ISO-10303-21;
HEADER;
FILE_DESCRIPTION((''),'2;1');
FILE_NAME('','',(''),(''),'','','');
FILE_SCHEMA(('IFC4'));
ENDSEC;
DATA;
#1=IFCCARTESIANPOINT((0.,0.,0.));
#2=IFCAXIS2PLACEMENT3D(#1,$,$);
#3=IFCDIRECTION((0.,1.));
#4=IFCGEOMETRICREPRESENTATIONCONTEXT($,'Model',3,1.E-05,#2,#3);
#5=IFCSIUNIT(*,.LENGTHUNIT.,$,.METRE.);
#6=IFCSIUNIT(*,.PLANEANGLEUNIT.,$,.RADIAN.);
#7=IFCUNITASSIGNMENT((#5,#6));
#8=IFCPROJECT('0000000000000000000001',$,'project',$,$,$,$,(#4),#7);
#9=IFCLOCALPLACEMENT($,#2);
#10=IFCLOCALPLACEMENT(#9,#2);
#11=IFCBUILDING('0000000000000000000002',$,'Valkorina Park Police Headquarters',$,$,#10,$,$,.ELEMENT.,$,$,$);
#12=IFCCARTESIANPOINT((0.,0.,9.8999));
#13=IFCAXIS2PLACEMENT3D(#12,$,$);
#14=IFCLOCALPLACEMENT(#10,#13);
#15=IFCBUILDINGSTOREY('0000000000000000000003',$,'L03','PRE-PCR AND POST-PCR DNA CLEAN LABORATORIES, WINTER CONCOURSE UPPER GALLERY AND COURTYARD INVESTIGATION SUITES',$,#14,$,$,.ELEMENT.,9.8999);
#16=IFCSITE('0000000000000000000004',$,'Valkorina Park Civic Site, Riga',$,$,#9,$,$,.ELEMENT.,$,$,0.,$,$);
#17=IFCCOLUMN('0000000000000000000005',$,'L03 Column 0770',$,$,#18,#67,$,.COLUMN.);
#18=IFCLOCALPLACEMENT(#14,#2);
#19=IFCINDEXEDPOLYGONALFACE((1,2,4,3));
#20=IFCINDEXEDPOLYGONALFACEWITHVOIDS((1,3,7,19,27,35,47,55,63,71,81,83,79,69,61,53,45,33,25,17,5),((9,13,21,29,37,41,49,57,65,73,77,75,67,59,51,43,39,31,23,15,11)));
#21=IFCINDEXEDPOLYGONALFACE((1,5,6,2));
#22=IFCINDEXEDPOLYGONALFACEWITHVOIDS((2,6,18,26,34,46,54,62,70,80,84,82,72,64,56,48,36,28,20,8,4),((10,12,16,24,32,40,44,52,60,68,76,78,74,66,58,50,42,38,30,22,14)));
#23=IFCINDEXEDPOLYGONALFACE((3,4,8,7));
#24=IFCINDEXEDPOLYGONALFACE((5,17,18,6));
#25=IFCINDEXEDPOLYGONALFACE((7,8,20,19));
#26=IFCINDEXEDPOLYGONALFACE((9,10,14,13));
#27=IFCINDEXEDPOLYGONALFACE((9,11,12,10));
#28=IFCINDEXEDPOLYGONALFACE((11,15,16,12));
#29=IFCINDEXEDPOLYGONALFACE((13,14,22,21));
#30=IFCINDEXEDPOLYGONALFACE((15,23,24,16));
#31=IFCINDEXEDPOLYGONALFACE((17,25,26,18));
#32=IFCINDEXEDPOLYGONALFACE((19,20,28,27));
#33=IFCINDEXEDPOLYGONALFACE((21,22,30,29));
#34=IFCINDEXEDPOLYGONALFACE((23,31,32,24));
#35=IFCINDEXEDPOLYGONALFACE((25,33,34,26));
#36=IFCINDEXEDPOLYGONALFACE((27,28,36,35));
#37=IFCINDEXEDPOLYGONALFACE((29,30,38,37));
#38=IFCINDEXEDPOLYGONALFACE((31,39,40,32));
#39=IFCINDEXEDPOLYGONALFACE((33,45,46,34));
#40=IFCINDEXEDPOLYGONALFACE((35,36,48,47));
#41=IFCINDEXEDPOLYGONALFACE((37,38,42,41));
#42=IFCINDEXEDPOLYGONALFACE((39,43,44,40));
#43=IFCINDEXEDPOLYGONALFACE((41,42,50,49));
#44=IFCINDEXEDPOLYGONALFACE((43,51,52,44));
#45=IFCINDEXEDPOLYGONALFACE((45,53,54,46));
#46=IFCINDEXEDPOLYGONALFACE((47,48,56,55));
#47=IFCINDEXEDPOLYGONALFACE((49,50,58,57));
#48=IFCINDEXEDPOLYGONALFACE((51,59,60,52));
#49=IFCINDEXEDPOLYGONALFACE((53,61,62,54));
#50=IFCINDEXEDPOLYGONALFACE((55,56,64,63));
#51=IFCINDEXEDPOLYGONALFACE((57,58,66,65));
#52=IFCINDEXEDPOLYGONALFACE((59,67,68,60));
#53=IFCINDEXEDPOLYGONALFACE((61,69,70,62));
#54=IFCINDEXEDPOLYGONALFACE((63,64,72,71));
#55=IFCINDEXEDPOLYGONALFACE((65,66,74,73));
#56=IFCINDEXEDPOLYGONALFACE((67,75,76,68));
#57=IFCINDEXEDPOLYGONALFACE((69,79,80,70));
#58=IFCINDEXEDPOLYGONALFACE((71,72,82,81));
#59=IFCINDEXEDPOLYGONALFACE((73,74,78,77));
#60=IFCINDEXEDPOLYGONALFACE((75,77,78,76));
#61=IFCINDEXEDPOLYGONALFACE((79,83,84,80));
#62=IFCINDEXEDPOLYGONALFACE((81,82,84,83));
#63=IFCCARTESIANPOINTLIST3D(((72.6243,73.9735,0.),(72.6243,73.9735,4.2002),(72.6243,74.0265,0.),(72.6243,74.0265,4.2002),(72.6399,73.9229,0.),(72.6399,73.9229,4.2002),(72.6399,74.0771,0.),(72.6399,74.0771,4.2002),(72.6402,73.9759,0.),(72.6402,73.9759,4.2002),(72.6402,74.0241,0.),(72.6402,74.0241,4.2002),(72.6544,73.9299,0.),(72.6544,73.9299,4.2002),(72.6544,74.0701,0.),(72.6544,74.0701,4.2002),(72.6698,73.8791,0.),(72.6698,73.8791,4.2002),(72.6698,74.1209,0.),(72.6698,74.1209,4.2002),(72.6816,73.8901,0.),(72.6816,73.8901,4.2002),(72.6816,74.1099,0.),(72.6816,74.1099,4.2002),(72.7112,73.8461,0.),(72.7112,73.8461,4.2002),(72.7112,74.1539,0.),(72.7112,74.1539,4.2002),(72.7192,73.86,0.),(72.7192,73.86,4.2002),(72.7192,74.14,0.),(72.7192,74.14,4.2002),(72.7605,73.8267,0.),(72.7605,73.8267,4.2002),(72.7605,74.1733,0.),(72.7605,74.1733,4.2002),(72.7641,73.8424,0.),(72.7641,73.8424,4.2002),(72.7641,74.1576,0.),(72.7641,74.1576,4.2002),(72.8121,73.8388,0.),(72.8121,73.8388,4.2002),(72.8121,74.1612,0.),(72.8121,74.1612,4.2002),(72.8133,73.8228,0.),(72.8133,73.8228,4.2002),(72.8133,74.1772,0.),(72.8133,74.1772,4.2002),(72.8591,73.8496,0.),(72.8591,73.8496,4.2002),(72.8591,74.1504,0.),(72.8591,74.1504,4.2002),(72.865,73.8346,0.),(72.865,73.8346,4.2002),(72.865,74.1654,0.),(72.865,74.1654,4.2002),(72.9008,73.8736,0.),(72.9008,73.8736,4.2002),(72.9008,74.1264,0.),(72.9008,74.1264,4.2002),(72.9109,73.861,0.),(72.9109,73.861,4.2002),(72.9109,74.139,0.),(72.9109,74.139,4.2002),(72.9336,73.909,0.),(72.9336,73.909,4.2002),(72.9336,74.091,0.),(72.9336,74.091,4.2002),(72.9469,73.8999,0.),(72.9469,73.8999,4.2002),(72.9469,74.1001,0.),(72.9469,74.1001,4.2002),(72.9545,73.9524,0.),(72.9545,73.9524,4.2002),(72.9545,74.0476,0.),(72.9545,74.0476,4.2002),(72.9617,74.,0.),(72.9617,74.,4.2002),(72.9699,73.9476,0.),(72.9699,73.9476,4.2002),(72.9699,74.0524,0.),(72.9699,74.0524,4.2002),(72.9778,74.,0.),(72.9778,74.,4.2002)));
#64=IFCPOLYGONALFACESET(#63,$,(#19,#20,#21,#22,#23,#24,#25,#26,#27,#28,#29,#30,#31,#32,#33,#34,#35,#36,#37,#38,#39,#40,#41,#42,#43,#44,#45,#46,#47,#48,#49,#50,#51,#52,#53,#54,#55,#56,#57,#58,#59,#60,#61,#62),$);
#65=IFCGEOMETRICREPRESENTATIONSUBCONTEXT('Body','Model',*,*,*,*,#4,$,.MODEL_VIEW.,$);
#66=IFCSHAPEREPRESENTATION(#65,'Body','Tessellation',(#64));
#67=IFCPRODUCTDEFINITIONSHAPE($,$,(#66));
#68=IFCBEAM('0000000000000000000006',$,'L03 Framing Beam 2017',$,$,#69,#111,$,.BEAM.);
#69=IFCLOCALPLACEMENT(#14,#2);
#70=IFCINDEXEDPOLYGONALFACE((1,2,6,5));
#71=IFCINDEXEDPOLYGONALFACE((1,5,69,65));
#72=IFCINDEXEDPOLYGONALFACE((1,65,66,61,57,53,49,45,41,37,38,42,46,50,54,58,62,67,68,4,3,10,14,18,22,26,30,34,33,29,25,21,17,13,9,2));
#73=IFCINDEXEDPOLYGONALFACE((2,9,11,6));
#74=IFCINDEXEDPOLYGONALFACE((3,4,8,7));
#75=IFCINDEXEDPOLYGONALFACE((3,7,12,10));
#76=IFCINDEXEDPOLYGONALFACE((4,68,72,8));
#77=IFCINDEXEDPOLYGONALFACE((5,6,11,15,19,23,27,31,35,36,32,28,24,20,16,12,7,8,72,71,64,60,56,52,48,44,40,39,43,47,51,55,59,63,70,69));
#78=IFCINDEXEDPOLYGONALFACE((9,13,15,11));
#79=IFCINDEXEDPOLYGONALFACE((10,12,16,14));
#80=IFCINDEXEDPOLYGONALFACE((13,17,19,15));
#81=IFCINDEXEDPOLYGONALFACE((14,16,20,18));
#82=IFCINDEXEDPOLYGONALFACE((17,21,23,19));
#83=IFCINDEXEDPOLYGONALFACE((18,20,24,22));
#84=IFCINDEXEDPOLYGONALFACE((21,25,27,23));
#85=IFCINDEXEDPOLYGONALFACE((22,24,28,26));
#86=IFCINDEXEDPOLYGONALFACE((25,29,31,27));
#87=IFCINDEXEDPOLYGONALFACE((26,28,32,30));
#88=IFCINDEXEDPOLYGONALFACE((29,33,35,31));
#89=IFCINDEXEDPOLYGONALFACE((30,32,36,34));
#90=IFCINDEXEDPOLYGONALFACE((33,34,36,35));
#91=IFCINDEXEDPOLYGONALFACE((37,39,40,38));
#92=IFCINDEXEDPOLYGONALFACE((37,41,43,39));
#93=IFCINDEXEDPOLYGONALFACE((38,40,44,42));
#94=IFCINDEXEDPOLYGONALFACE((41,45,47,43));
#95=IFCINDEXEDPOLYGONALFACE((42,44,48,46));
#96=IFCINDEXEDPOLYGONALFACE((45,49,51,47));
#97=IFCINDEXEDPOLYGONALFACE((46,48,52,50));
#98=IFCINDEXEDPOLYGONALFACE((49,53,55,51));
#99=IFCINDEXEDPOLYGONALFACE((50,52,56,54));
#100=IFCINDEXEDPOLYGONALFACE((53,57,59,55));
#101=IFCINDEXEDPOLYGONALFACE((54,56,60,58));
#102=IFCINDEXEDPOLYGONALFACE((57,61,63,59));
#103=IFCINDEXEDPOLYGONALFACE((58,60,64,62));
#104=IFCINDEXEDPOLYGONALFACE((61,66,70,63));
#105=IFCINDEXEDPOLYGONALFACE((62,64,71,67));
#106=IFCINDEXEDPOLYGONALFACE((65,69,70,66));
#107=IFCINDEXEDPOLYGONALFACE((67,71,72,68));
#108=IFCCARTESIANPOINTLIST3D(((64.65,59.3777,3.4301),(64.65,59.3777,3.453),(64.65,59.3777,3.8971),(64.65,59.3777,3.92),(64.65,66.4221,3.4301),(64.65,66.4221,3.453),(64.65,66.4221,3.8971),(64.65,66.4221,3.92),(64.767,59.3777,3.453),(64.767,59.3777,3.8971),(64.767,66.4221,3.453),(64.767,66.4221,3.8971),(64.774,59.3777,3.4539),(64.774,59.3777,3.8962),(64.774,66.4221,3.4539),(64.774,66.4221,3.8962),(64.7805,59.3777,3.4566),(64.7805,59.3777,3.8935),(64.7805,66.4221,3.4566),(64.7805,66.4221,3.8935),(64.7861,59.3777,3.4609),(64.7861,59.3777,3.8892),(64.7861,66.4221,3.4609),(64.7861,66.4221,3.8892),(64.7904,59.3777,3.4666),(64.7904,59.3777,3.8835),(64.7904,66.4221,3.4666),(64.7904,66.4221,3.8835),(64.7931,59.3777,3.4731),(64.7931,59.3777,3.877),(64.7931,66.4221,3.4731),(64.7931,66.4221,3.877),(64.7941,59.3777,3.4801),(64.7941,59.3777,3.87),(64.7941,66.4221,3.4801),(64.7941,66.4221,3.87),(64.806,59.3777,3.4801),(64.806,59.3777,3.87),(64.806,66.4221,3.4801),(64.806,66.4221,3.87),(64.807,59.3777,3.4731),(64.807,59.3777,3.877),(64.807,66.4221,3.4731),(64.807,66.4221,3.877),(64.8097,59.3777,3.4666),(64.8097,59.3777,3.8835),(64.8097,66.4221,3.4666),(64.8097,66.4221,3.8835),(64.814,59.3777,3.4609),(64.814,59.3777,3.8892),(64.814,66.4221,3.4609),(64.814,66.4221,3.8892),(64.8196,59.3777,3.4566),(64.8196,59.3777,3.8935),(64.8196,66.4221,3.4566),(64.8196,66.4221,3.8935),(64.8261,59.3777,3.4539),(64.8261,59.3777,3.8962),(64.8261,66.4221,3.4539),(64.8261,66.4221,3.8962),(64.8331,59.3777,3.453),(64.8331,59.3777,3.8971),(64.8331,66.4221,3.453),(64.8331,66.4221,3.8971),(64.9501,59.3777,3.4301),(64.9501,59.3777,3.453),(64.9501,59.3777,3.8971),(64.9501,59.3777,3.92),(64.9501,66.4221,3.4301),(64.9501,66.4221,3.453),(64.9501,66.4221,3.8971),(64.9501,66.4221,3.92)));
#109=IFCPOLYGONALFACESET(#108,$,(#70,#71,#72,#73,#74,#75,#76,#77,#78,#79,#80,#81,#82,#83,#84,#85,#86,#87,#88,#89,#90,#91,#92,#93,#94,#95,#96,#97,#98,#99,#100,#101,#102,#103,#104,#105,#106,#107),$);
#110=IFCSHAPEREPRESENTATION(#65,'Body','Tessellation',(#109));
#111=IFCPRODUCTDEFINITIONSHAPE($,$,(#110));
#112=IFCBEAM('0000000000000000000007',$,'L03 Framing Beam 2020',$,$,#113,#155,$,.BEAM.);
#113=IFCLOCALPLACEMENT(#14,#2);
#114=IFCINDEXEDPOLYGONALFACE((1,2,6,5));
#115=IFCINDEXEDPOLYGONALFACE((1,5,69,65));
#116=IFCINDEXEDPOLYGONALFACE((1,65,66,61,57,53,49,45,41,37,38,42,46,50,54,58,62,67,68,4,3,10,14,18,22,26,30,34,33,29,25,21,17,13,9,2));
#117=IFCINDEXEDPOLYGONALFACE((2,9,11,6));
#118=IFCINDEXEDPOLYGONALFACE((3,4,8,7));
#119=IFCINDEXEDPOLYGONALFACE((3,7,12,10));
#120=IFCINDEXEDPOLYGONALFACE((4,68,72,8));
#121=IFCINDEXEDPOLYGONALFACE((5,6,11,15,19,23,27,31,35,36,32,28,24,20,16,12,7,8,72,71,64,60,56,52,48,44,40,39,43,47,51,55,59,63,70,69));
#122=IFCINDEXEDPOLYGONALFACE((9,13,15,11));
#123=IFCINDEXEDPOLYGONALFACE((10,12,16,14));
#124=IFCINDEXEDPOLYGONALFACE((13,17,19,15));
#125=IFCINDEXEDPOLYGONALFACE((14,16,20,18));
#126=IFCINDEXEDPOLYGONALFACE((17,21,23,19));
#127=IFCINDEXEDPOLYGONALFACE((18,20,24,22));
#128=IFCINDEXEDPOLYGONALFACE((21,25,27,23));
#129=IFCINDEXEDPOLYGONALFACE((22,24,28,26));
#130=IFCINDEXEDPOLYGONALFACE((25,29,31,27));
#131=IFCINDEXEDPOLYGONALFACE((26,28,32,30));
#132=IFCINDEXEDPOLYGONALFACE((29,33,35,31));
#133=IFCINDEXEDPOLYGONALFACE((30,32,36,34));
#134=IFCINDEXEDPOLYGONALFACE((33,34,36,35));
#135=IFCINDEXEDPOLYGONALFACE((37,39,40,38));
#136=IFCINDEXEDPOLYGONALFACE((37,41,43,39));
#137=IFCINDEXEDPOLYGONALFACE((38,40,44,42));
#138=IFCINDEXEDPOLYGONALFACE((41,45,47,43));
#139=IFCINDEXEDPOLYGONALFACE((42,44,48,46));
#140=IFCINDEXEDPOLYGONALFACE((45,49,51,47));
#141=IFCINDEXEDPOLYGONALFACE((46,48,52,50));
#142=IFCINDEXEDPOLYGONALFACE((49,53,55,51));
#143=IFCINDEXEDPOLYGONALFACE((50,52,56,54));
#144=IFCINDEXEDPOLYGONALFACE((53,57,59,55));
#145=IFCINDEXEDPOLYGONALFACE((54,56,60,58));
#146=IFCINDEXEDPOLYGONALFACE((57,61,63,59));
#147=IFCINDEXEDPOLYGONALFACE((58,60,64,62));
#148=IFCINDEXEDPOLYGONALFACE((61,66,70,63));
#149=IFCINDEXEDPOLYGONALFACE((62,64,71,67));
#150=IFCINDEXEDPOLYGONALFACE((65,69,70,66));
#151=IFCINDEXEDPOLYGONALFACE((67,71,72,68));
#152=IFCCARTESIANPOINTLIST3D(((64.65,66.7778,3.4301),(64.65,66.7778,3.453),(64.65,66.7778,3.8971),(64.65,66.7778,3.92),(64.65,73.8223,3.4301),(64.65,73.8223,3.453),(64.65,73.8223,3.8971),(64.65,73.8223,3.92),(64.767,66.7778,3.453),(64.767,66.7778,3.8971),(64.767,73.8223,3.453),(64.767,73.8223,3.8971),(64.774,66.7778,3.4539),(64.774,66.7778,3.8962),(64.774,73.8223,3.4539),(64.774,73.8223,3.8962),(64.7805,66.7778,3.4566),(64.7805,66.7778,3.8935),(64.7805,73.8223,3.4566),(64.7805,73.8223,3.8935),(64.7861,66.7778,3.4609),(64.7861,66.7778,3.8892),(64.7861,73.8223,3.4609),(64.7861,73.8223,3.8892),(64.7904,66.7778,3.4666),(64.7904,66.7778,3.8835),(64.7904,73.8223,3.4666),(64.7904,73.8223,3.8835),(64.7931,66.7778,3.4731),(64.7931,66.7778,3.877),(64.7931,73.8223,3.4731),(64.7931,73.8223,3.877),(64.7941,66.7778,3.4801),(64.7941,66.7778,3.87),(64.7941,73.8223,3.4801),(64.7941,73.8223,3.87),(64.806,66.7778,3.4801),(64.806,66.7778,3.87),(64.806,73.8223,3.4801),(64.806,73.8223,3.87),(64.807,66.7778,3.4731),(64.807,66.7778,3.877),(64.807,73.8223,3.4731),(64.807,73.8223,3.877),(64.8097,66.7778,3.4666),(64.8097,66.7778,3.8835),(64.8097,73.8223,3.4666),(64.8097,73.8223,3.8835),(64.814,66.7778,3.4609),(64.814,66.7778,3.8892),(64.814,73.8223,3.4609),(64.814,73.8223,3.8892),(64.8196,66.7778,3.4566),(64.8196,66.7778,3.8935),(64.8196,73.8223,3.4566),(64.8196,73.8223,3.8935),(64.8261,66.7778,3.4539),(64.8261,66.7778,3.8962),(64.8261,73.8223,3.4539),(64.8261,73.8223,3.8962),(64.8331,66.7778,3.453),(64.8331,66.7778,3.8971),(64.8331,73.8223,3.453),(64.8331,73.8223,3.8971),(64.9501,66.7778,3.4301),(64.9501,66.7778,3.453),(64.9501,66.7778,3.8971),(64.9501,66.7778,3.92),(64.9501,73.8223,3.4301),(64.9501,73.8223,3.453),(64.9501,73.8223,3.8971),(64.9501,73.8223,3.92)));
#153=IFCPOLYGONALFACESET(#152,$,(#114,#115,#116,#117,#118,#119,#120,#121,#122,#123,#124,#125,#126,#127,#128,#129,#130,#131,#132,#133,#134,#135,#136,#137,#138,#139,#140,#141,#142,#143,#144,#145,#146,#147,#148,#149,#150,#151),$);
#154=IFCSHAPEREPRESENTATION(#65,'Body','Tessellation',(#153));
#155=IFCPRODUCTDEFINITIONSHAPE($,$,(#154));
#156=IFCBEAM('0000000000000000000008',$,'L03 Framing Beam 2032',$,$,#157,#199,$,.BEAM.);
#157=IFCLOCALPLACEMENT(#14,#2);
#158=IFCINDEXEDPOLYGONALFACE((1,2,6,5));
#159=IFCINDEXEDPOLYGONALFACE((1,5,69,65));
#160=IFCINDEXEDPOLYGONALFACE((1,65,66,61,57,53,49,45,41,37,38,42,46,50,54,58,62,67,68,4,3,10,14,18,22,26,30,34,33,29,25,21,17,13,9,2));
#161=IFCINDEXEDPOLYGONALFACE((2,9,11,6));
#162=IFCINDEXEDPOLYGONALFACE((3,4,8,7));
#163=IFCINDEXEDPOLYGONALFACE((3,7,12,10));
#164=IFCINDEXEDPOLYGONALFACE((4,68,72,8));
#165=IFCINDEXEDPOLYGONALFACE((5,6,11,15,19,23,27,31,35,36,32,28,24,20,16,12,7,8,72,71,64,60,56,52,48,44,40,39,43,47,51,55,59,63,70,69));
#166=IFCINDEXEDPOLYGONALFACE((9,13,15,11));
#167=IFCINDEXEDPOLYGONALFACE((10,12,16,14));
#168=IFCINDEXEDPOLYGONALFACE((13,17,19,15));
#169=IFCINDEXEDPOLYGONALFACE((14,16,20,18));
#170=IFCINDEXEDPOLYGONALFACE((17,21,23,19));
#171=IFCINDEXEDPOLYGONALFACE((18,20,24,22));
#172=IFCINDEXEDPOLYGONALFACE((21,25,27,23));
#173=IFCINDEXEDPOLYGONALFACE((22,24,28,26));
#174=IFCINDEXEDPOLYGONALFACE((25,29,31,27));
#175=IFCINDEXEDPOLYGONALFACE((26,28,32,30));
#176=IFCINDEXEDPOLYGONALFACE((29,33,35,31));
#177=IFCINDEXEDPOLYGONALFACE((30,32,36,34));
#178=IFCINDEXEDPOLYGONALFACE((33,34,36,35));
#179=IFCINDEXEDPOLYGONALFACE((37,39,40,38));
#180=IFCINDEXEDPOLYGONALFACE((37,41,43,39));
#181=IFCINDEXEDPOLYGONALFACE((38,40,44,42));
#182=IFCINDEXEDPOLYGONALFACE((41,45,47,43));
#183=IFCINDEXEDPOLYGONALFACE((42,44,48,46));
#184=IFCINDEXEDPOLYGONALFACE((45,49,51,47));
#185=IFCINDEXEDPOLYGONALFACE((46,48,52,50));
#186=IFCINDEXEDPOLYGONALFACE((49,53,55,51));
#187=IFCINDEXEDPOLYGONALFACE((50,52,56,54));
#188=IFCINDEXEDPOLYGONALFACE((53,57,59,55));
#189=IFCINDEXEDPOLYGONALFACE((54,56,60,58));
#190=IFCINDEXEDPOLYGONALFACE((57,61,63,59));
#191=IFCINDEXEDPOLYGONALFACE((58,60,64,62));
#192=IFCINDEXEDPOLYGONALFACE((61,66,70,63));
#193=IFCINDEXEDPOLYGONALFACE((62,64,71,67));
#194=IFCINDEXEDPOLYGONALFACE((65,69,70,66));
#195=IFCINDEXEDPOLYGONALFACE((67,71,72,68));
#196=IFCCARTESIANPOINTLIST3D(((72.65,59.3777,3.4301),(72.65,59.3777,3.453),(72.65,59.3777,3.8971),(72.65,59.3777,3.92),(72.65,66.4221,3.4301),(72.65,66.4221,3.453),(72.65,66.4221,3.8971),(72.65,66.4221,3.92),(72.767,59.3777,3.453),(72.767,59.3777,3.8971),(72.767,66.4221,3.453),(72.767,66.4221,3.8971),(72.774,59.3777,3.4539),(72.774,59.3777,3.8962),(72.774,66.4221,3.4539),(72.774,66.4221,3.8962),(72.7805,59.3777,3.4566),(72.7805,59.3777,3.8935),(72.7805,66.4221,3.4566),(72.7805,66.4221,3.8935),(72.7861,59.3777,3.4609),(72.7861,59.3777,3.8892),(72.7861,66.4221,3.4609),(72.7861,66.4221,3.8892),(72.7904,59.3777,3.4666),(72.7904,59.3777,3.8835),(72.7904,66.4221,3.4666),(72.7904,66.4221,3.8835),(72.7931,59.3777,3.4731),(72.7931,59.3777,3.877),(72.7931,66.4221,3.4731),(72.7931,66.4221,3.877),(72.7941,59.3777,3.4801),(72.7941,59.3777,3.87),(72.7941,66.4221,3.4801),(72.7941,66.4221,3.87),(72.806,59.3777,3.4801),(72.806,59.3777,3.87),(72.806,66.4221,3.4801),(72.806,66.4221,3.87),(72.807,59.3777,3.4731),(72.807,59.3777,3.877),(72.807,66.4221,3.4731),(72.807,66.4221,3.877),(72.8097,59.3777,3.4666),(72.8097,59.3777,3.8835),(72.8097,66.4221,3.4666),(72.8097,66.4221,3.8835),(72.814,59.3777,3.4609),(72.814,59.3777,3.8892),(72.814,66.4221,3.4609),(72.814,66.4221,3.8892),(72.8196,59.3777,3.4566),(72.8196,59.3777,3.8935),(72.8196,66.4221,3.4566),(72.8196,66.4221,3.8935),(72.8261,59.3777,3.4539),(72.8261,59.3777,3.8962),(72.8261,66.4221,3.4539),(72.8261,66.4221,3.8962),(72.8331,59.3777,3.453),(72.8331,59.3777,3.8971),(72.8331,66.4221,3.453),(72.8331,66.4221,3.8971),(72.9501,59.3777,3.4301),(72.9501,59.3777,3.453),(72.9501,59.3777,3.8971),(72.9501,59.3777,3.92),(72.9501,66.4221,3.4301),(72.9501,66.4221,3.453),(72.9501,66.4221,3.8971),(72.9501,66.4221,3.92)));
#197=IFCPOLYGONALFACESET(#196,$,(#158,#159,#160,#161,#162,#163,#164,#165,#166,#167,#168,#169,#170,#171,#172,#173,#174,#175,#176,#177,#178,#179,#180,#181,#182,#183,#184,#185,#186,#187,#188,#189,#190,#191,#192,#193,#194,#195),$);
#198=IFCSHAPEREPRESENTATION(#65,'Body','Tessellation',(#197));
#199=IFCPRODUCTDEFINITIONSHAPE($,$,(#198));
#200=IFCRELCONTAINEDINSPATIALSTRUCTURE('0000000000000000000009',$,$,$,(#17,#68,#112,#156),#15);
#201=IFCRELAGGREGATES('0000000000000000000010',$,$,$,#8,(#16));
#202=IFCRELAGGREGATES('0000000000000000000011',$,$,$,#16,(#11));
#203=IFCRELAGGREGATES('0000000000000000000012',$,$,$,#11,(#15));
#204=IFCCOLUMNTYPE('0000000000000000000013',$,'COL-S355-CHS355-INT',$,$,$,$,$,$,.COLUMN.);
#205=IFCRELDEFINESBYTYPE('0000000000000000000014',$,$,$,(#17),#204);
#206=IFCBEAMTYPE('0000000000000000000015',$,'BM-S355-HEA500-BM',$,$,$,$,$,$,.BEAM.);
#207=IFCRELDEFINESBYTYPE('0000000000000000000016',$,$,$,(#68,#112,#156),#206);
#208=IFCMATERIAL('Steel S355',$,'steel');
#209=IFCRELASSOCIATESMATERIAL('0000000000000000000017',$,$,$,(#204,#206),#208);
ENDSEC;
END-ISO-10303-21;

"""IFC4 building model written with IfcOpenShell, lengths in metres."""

from ifc_helpers import new_model, si_unit, direction, frame, origin, origin_2d, place, context, subcontext, project, spatial, hollow_circle, i_section, extrude, material, material_profile, profile_set, type_object, element, save


model = new_model("IFC4")

# Units and contexts
model_context = context("Model", 3, precision=1e-05, world=origin(), true_north=direction((0.0, 1.0)))
body_context = subcontext(model_context, "Body", "Model", "MODEL_VIEW")
ifc_project = project(units=[si_unit("LENGTHUNIT", "METRE"), si_unit("PLANEANGLEUNIT", "RADIAN")], contexts=[model_context])

# Site, building, storey
site_placement = place(None, origin())
site = spatial("IfcSite", under=ifc_project, at=site_placement, Name="Valkorina Park Civic Site, Riga", CompositionType="ELEMENT", RefElevation=0.0)
building_placement = place(site_placement, origin())
building = spatial("IfcBuilding", under=site, at=building_placement, Name="Valkorina Park Police Headquarters", CompositionType="ELEMENT")
storey_placement = place(building_placement, frame((0.0, 0.0, 9.8999)))
storey = spatial("IfcBuildingStorey", under=building, at=storey_placement, Name="L03", Description="PRE-PCR AND POST-PCR DNA CLEAN LABORATORIES, WINTER CONCOURSE UPPER GALLERY AND COURTYARD INVESTIGATION SUITES", CompositionType="ELEMENT", Elevation=9.8999)

# Column
ifc_material_1 = material(Name="Steel S355", Category="steel")
ifc_material_profile_1 = material_profile(ifc_material_1, hollow_circle(Radius=0.1777, WallThickness=0.0161, at=origin_2d()), Name="CHS 355.6x16")
ifc_profile_set_1 = profile_set([ifc_material_profile_1], Name="Steel S355")
column_type = type_object("IfcColumnType", Name="COL-S355-CHS355-INT", PredefinedType="COLUMN", material=ifc_profile_set_1)
for number, where, z_axis, x_axis, name in (
    (1, (72.8, 74.0, 0.0), (0.0, 0.0, 1.0), (1.0, 0.0, 0.0), "L03 Column 0770"),
):
    element("IfcColumn", number, at=place(storey_placement, frame(where, z_axis=z_axis, x_axis=x_axis)), inside=storey, type_object=column_type, Name=name, PredefinedType="COLUMN", context=body_context, shape_type="SweptSolid", body=[
        extrude(hollow_circle(Radius=0.1777, WallThickness=0.0161, at=origin_2d()), origin(), (0.0, 0.0, 1.0), 4.2002),
    ])

# Beams
ifc_material_profile_2 = material_profile(ifc_material_1, i_section(OverallWidth=0.3, OverallDepth=0.49, WebThickness=0.012, FlangeThickness=0.0229, FilletRadius=0.0271, at=origin_2d()), Name="HEA 500")
ifc_profile_set_2 = profile_set([ifc_material_profile_2], Name="Steel S355")
beam_type_1 = type_object("IfcBeamType", Name="BM-S355-HEA500-BM", PredefinedType="BEAM", material=ifc_profile_set_2)
for number, where, z_axis, x_axis, name in (
    (2, (64.8, 59.3777, 3.675), (0.0, 1.0, 0.0), (-1.0, 0.0, 0.0), "L03 Framing Beam 2017"),
    (3, (64.8, 66.7778, 3.675), (0.0, 1.0, 0.0), (-1.0, 0.0, 0.0), "L03 Framing Beam 2020"),
    (4, (72.8, 59.3777, 3.675), (0.0, 1.0, 0.0), (-1.0, 0.0, 0.0), "L03 Framing Beam 2032"),
):
    element("IfcBeam", number, at=place(storey_placement, frame(where, z_axis=z_axis, x_axis=x_axis)), inside=storey, type_object=beam_type_1, Name=name, PredefinedType="BEAM", context=body_context, shape_type="SweptSolid", body=[
        extrude(i_section(OverallWidth=0.3, OverallDepth=0.49, WebThickness=0.012, FlangeThickness=0.0229, FilletRadius=0.0271, at=origin_2d()), origin(), (0.0, 0.0, 1.0), 7.0444),
    ])

save(model, "model.ifc")
